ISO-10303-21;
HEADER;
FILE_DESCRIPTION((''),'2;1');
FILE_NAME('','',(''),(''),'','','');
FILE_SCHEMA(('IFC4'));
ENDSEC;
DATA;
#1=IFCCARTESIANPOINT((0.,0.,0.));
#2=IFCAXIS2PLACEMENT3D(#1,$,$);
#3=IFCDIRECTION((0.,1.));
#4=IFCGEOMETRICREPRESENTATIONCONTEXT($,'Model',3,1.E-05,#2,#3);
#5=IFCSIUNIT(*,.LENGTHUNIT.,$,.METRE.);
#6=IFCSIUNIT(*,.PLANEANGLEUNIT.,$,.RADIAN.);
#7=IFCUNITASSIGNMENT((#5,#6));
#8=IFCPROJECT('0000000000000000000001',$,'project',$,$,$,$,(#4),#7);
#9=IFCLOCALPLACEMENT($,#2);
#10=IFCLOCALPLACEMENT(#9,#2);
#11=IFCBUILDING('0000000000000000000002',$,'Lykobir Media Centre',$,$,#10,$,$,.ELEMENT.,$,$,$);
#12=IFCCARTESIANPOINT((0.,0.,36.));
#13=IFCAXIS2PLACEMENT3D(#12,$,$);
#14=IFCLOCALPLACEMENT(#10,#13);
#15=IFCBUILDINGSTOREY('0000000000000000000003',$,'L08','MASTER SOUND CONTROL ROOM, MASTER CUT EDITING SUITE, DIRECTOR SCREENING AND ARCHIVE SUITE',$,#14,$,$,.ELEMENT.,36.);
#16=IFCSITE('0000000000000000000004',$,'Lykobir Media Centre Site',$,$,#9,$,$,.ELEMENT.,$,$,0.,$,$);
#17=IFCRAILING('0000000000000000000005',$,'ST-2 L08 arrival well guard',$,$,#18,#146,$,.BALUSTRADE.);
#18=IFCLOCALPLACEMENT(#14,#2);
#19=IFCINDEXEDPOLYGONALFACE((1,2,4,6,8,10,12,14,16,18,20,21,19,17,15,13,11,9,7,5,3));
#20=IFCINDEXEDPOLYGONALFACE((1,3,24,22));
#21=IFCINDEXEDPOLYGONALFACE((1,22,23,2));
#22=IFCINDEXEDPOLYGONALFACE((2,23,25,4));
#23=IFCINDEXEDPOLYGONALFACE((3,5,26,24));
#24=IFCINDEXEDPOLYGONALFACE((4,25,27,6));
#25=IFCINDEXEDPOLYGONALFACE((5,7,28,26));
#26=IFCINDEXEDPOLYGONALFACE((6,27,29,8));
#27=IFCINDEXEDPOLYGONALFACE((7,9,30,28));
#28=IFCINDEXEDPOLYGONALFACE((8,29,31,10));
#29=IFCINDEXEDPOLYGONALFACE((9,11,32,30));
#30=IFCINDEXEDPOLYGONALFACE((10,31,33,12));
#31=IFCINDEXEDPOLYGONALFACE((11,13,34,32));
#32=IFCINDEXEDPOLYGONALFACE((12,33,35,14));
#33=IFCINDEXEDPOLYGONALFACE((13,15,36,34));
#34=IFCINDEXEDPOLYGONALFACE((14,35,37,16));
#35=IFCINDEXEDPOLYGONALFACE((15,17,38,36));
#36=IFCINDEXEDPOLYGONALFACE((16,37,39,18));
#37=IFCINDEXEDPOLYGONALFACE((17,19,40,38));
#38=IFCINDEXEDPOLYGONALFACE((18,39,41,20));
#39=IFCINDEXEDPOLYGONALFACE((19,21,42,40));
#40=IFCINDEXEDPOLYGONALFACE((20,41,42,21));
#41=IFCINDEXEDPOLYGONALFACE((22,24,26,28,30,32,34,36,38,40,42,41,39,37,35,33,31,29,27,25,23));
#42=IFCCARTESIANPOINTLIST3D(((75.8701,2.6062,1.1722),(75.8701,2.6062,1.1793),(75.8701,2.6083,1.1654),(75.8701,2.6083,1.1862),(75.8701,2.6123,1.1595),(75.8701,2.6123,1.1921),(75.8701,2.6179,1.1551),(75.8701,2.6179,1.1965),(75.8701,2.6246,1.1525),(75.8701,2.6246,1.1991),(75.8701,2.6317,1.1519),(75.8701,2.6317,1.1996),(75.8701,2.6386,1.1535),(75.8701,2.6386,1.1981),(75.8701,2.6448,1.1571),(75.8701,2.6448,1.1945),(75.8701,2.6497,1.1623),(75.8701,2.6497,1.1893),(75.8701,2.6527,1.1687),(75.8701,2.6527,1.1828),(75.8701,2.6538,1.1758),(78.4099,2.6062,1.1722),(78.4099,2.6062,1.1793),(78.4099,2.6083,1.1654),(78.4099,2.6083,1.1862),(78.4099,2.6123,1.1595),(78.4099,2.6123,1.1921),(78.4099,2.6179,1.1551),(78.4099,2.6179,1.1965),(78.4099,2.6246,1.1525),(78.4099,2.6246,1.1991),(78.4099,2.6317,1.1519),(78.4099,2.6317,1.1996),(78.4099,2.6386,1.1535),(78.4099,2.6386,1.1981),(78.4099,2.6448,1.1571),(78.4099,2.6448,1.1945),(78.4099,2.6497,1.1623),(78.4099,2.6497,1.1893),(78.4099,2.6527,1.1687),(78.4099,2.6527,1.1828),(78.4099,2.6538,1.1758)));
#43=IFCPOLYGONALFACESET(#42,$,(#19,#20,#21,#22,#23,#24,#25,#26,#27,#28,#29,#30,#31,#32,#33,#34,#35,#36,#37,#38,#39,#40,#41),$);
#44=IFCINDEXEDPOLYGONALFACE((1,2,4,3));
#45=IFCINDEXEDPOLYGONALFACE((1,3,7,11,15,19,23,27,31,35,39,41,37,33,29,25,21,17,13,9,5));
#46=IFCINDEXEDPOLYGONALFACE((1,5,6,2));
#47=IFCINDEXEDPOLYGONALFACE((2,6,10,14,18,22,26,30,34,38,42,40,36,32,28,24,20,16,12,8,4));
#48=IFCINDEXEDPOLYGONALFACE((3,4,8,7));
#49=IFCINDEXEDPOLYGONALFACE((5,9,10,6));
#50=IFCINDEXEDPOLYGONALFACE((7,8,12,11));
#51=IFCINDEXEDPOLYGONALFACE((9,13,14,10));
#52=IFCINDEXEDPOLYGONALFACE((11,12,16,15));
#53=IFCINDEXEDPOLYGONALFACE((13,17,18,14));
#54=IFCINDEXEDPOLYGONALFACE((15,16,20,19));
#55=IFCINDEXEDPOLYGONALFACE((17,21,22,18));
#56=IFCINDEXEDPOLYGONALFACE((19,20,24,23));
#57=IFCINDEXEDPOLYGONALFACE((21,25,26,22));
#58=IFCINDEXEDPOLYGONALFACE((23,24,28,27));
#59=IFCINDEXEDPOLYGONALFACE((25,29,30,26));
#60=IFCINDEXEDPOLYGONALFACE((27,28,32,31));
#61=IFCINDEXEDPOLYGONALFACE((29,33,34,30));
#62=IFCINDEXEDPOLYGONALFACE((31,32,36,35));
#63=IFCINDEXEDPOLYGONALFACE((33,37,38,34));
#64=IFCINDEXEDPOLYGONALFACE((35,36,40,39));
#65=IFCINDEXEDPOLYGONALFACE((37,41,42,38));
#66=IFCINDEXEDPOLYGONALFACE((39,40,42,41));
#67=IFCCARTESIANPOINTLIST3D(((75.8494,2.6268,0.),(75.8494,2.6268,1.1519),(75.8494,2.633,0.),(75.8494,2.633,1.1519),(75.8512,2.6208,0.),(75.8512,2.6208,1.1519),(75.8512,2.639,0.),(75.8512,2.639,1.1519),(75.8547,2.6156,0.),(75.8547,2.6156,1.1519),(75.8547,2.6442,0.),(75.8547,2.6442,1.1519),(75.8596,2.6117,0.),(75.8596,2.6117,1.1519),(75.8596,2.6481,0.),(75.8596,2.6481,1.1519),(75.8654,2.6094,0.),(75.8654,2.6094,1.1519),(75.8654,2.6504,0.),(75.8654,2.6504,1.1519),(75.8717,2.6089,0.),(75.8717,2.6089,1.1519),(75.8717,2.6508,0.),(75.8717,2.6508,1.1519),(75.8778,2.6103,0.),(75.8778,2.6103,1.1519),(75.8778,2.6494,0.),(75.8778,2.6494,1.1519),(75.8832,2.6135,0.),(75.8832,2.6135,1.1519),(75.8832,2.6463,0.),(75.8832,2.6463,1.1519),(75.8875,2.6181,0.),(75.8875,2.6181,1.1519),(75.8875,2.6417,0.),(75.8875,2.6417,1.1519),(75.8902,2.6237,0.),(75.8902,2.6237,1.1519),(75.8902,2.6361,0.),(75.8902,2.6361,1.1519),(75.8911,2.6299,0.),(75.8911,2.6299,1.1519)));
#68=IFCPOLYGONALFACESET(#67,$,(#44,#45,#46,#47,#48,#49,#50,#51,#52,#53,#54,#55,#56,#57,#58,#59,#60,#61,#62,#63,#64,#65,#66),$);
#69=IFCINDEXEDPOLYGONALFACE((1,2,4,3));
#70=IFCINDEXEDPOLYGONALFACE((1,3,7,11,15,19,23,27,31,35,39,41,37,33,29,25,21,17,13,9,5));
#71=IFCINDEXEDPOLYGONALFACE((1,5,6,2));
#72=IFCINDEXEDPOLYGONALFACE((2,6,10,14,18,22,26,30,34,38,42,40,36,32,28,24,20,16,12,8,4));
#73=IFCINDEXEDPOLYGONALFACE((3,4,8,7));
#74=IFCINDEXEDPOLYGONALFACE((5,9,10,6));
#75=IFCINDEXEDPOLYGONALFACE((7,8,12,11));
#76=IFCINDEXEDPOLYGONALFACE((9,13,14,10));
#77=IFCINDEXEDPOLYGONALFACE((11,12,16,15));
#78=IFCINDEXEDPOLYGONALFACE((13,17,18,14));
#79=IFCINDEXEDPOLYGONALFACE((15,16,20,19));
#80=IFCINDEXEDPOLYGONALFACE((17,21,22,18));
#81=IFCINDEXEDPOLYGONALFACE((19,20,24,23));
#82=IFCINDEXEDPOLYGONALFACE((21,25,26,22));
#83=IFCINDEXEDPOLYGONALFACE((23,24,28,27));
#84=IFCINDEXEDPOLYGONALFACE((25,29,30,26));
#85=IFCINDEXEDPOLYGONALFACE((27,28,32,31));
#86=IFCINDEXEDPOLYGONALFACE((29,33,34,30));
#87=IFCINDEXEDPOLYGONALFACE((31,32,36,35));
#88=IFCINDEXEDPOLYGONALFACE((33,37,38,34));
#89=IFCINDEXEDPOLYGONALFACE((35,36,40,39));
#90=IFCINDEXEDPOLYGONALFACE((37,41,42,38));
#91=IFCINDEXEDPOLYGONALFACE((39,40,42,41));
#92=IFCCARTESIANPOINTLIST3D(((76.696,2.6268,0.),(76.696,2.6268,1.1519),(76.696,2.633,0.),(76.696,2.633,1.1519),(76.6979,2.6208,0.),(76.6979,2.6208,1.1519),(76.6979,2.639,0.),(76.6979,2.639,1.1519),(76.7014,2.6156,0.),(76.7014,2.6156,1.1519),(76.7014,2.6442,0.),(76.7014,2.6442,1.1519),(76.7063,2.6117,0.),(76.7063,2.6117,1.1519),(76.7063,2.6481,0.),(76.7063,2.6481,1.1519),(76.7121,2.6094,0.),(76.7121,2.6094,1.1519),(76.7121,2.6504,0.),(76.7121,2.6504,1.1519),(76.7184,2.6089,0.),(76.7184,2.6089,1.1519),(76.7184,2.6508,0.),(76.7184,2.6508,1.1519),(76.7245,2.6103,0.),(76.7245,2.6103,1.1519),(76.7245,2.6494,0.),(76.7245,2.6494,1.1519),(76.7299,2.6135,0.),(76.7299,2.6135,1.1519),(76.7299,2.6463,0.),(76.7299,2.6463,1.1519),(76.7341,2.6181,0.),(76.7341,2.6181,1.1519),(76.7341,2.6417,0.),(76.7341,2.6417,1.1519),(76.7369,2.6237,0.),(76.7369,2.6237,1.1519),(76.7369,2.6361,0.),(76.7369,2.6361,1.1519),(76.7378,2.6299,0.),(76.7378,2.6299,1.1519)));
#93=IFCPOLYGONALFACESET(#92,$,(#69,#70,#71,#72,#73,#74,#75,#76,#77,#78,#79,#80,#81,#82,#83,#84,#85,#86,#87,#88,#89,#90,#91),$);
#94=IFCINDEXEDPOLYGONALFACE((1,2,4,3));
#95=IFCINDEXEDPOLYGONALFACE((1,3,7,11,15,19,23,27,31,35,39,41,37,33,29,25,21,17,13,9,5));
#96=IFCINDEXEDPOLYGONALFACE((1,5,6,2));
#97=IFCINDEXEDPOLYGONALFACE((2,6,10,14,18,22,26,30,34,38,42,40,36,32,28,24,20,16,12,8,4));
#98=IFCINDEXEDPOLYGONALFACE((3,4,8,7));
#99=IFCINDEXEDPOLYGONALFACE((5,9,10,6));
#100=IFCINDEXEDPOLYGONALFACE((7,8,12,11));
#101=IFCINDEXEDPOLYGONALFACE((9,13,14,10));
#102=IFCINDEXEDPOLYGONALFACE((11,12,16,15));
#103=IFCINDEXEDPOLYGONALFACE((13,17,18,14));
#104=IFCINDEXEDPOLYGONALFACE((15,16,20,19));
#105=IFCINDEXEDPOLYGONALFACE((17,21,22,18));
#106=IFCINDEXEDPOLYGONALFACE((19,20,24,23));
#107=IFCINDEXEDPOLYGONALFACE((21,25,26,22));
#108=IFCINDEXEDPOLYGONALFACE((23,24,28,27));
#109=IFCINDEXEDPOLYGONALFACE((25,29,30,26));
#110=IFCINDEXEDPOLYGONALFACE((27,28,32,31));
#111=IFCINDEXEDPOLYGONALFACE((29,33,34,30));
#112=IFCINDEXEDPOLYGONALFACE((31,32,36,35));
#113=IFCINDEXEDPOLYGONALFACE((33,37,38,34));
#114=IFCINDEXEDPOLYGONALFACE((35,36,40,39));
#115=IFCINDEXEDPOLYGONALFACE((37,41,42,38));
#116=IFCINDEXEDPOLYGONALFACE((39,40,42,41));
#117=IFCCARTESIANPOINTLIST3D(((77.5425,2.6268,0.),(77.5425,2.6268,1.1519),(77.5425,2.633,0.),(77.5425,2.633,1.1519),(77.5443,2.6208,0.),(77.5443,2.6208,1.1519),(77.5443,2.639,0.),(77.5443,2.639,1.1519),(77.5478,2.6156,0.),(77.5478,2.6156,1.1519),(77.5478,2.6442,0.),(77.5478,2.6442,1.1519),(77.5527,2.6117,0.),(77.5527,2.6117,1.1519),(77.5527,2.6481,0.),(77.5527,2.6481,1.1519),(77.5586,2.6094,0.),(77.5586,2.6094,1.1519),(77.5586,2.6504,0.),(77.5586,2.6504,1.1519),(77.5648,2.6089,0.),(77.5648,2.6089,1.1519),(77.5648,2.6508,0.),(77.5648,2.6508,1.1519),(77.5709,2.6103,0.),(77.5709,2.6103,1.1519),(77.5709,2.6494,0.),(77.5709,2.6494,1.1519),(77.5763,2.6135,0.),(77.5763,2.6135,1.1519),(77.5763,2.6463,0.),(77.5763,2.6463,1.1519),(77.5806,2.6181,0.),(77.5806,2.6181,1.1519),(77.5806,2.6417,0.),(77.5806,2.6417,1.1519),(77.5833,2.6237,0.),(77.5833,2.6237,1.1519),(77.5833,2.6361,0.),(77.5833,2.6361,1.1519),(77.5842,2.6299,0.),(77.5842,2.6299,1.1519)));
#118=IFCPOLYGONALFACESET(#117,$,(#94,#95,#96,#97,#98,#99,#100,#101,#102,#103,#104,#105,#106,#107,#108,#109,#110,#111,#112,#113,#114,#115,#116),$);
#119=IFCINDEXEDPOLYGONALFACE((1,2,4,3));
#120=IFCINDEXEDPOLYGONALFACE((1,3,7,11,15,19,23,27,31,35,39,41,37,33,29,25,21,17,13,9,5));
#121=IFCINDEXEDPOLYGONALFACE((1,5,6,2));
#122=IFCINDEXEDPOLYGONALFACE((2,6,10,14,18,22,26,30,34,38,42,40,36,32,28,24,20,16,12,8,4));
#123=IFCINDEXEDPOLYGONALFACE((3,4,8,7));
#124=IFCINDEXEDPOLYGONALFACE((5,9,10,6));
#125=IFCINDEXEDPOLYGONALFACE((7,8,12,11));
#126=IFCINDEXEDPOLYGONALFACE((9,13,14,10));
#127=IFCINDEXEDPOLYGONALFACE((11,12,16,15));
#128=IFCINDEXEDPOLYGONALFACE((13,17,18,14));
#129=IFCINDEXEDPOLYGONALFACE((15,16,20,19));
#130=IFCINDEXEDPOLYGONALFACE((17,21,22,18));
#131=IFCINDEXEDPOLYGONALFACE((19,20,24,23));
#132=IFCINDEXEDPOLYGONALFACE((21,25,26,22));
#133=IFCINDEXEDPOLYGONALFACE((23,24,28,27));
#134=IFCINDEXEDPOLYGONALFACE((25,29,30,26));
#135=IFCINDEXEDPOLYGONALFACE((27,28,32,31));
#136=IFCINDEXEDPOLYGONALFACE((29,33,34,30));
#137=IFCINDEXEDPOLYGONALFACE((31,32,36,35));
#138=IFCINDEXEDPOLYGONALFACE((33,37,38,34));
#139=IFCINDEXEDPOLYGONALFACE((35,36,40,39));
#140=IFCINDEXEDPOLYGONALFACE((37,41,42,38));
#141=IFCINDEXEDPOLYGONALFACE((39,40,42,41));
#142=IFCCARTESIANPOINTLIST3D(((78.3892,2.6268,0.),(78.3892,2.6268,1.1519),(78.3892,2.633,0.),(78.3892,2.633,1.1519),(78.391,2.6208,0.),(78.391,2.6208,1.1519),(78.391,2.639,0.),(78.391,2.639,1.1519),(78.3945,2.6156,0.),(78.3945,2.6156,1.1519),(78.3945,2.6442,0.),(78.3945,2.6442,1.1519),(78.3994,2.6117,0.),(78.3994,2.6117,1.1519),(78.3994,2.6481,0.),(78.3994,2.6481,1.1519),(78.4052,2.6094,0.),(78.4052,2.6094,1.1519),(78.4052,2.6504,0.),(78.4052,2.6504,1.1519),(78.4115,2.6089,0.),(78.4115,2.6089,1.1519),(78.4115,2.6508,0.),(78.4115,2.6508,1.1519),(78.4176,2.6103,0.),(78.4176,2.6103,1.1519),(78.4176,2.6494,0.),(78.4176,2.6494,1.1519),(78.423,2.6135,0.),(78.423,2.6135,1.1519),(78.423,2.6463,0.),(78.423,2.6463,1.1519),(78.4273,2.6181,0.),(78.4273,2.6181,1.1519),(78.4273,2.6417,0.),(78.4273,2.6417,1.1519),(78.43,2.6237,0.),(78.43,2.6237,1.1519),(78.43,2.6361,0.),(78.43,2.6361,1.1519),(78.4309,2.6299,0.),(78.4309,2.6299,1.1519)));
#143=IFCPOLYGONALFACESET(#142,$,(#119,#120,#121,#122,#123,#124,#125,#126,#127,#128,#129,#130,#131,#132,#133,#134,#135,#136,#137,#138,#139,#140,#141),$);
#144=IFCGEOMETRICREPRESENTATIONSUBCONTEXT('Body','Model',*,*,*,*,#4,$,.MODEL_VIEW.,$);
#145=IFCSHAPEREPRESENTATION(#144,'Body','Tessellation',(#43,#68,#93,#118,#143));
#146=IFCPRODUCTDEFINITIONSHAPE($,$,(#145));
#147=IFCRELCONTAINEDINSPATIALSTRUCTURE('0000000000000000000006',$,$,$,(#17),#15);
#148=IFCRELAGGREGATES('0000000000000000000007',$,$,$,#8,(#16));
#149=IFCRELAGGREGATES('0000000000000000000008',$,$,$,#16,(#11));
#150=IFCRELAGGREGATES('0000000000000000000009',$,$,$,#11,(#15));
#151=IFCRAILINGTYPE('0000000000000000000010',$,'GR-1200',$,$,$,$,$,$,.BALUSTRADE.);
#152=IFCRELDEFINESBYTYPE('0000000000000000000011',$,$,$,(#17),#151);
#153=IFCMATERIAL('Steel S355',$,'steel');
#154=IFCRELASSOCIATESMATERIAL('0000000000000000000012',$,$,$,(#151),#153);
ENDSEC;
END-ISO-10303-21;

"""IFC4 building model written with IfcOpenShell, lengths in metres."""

from ifc_helpers import new_model, si_unit, direction, frame, origin, origin_2d, place, context, subcontext, project, spatial, circle, extrude, material, type_object, element, save


model = new_model("IFC4")

# Units and contexts
model_context = context("Model", 3, precision=1e-05, world=origin(), true_north=direction((0.0, 1.0)))
body_context = subcontext(model_context, "Body", "Model", "MODEL_VIEW")
ifc_project = project(units=[si_unit("LENGTHUNIT", "METRE"), si_unit("PLANEANGLEUNIT", "RADIAN")], contexts=[model_context])

# Site, building, storey
site_placement = place(None, origin())
site = spatial("IfcSite", under=ifc_project, at=site_placement, Name="Lykobir Media Centre Site", CompositionType="ELEMENT", RefElevation=0.0)
building_placement = place(site_placement, origin())
building = spatial("IfcBuilding", under=site, at=building_placement, Name="Lykobir Media Centre", CompositionType="ELEMENT")
storey_placement = place(building_placement, frame((0.0, 0.0, 36.0)))
storey = spatial("IfcBuildingStorey", under=building, at=storey_placement, Name="L08", Description="MASTER SOUND CONTROL ROOM, MASTER CUT EDITING SUITE, DIRECTOR SCREENING AND ARCHIVE SUITE", CompositionType="ELEMENT", Elevation=36.0)

# Shared definitions
ifc_material_1 = material(Name="Steel S355", Category="steel")

# Railing
railing_type = type_object("IfcRailingType", Name="GR-1200", PredefinedType="BALUSTRADE", material=ifc_material_1)
railing_placement = place(storey_placement, frame((75.8701, 2.6299, 0.0)))
element("IfcRailing", 1, at=railing_placement, inside=storey, type_object=railing_type, Name="ST-2 L08 arrival well guard", PredefinedType="BALUSTRADE", context=body_context, shape_type="SweptSolid", body=[
    extrude(circle(Radius=0.0239, at=origin_2d()), frame((0.0, 0.0, 1.1758), z_axis=(1.0, 0.0, 0.0), x_axis=(0.0, 1.0, 0.0)), (0.0, 0.0, 1.0), 2.5398),
    extrude(circle(Radius=0.021, at=origin_2d()), origin(), (0.0, 0.0, 1.0), 1.1519),
    extrude(circle(Radius=0.021, at=origin_2d()), frame((0.8467, 0.0, 0.0)), (0.0, 0.0, 1.0), 1.1519),
    extrude(circle(Radius=0.021, at=origin_2d()), frame((1.6931, 0.0, 0.0)), (0.0, 0.0, 1.0), 1.1519),
    extrude(circle(Radius=0.021, at=origin_2d()), frame((2.5398, 0.0, 0.0)), (0.0, 0.0, 1.0), 1.1519),
])

save(model, "model.ifc")
